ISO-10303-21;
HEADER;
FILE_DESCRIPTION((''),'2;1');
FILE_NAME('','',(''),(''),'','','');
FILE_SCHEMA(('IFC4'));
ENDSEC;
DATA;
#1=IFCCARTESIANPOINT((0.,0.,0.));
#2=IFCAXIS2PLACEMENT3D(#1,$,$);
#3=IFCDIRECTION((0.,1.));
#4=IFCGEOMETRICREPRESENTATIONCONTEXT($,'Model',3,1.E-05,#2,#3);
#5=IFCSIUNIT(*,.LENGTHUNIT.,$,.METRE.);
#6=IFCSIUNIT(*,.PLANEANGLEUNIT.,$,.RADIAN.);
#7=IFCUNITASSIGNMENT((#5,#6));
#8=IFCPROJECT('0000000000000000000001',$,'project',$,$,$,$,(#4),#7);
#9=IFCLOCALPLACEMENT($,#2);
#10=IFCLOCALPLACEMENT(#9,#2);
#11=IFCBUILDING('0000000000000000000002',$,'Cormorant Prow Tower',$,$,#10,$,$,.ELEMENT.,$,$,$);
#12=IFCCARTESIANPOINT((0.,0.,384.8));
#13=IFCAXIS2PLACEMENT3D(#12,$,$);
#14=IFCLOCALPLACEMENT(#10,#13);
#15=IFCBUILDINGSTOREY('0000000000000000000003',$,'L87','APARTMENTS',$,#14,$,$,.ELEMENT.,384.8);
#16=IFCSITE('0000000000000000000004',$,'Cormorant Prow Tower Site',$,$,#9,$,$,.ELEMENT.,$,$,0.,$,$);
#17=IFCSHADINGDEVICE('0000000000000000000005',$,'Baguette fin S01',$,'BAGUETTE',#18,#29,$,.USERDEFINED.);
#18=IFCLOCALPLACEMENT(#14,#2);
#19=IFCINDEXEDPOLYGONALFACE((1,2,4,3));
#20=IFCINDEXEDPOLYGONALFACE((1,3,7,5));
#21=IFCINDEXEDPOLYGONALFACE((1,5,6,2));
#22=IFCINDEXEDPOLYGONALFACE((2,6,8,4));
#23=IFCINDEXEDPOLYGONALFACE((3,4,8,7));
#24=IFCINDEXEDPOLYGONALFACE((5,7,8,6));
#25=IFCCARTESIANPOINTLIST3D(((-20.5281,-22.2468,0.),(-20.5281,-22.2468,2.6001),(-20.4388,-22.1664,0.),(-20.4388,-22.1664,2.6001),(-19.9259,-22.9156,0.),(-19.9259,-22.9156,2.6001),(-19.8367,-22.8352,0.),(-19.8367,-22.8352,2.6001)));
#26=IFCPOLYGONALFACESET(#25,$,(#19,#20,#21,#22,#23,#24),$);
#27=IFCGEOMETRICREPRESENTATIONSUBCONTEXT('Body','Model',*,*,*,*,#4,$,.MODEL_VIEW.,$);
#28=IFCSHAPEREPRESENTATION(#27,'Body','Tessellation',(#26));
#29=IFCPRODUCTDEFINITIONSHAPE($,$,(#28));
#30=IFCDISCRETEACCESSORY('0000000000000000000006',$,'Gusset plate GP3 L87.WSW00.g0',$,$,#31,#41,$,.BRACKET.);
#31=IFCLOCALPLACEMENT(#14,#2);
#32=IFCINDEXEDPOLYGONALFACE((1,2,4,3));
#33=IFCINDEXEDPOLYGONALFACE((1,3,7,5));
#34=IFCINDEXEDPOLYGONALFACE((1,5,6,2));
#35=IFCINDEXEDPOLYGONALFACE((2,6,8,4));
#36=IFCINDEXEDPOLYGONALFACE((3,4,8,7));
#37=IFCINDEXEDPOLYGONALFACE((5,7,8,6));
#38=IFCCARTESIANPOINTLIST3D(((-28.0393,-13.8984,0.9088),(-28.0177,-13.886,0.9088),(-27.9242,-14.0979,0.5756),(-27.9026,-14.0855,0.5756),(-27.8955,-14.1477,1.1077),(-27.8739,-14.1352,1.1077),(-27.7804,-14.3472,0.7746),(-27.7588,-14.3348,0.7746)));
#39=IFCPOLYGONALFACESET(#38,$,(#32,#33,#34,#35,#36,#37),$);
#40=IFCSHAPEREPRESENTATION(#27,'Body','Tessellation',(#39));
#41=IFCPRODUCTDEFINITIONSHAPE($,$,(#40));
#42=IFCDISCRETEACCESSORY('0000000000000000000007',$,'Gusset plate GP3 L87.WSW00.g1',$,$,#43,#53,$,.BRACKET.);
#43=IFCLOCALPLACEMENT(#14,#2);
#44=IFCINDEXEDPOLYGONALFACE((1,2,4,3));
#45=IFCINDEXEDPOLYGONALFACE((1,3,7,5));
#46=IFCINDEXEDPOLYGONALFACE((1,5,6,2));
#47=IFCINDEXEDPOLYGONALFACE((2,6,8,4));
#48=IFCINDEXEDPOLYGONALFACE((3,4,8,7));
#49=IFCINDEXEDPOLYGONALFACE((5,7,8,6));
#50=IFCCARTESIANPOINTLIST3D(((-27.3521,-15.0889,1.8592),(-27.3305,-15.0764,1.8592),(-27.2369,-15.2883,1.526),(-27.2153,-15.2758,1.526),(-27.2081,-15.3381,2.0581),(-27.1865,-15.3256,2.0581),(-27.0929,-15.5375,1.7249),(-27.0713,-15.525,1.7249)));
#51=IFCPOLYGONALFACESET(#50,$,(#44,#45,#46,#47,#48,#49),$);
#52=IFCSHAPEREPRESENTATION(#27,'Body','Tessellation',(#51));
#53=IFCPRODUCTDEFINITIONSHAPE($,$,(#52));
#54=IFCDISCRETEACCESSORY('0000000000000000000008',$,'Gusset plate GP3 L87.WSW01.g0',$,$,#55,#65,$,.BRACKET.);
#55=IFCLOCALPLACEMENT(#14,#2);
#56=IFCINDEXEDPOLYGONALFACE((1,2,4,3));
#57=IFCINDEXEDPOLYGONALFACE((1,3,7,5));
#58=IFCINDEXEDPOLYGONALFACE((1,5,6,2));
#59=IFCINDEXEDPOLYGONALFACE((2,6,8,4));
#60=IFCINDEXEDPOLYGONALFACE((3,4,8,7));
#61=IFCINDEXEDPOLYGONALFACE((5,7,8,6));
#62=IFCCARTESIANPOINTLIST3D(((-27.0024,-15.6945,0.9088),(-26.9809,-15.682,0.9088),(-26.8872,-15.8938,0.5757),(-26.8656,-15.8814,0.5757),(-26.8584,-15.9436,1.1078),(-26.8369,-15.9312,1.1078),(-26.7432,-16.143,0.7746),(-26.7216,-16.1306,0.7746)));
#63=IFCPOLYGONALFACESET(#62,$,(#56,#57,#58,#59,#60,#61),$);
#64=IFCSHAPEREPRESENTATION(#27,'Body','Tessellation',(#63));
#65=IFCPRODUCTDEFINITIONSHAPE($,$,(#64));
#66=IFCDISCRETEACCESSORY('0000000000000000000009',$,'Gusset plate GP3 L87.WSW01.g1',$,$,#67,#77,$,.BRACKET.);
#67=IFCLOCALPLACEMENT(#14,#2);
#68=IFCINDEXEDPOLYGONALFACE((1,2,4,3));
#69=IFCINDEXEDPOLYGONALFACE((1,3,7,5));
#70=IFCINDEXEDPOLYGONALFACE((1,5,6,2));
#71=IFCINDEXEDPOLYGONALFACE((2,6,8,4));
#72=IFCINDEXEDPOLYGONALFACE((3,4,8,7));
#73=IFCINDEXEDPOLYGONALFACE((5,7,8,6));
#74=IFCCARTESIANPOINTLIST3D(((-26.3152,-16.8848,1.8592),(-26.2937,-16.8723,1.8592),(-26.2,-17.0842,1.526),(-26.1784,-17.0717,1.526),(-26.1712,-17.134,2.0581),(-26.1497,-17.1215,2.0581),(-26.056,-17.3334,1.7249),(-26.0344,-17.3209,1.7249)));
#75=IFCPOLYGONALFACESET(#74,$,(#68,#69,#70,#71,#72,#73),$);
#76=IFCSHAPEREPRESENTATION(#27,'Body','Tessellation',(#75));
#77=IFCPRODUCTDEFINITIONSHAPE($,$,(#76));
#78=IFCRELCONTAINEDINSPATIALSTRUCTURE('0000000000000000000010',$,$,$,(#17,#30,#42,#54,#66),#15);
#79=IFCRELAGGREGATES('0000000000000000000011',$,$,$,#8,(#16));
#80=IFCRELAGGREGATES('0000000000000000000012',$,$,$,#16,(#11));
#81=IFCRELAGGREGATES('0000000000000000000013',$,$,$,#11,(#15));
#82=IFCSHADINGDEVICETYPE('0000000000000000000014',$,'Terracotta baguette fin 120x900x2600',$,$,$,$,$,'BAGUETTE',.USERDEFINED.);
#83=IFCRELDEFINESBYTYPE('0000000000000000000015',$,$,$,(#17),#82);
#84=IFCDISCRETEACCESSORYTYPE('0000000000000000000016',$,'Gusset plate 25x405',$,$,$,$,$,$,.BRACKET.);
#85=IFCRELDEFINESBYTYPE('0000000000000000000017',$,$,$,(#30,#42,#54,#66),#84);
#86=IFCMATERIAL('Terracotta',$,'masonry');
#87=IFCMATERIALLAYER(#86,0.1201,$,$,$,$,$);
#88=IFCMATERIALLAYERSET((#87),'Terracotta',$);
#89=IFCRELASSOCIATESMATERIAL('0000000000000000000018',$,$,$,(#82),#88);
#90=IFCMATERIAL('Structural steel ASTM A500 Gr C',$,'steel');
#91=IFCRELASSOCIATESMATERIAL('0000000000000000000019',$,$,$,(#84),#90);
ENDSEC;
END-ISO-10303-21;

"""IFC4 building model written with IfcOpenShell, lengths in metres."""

from ifc_helpers import new_model, si_unit, direction, frame, origin, origin_2d, place, context, subcontext, project, spatial, rectangle, extrude, material, layer, layer_set, material_profile, profile_set, type_object, element, save


model = new_model("IFC4")

# Units and contexts
model_context = context("Model", 3, precision=1e-05, world=origin(), true_north=direction((0.0, 1.0)))
body_context = subcontext(model_context, "Body", "Model", "MODEL_VIEW")
ifc_project = project(units=[si_unit("LENGTHUNIT", "METRE"), si_unit("PLANEANGLEUNIT", "RADIAN")], contexts=[model_context])

# Site, building, storey
site_placement = place(None, origin())
site = spatial("IfcSite", under=ifc_project, at=site_placement, Name="Cormorant Prow Tower Site", CompositionType="ELEMENT", RefElevation=0.0)
building_placement = place(site_placement, origin())
building = spatial("IfcBuilding", under=site, at=building_placement, Name="Cormorant Prow Tower", CompositionType="ELEMENT")
storey_placement = place(building_placement, frame((0.0, 0.0, 384.8)))
storey = spatial("IfcBuildingStorey", under=building, at=storey_placement, Name="L87", Description="APARTMENTS", CompositionType="ELEMENT", Elevation=384.8)

# Shading device
ifc_material_1 = material(Name="Terracotta", Category="masonry")
ifc_layer_1 = layer(ifc_material_1, 0.1201)
ifc_layer_set_1 = layer_set([ifc_layer_1], Name="Terracotta")
shading_device_type = type_object("IfcShadingDeviceType", Name="Terracotta baguette fin 120x900x2600", ElementType="BAGUETTE", PredefinedType="USERDEFINED", material=ifc_layer_set_1)
shading_device_placement = place(storey_placement, frame((-20.1824, -22.541, 0.0), z_axis=(0.0, 0.0, 1.0), x_axis=(0.743145, 0.669131, 0.0)))
element("IfcShadingDevice", 1, at=shading_device_placement, inside=storey, type_object=shading_device_type, Name="Baguette fin S01", ObjectType="BAGUETTE", PredefinedType="USERDEFINED", context=body_context, shape_type="SweptSolid", body=[
    extrude(rectangle(XDim=0.1201, YDim=0.8999, at=origin_2d()), origin(), (0.0, 0.0, 1.0), 2.6001),
])

# Discrete accessories
ifc_material_2 = material(Name="Structural steel ASTM A500 Gr C", Category="steel")
ifc_material_profile_1 = material_profile(ifc_material_2, rectangle(XDim=0.0249, YDim=0.405, at=origin_2d()), Name="Gusset plate 25x405")
ifc_profile_set_1 = profile_set([ifc_material_profile_1], Name="Structural steel ASTM A500 Gr C")
discrete_accessory_type = type_object("IfcDiscreteAccessoryType", Name="Gusset plate 25x405", PredefinedType="BRACKET", material=ifc_profile_set_1)
for number, where, z_axis, x_axis, name in (
    (2, (-27.8271, -14.2412, 0.9412), (-0.411016, 0.712474, -0.568723), (-0.8662, -0.499698, 0.0), "Gusset plate GP3 L87.WSW00.g0"),
    (3, (-27.2837, -15.1824, 1.6926), (0.411596, -0.71227, 0.56856), (0.865832, 0.500334, 0.0), "Gusset plate GP3 L87.WSW00.g1"),
    (4, (-26.79, -16.0371, 0.9412), (-0.411596, 0.71227, -0.56856), (-0.865832, -0.500334, 0.0), "Gusset plate GP3 L87.WSW01.g0"),
    (5, (-26.2468, -16.9783, 1.6926), (0.411596, -0.71227, 0.56856), (0.865832, 0.500334, 0.0), "Gusset plate GP3 L87.WSW01.g1"),
):
    element("IfcDiscreteAccessory", number, at=place(storey_placement, frame(where, z_axis=z_axis, x_axis=x_axis)), inside=storey, type_object=discrete_accessory_type, Name=name, PredefinedType="BRACKET", context=body_context, shape_type="SweptSolid", body=[
        extrude(rectangle(XDim=0.0249, YDim=0.405, at=origin_2d()), origin(), (0.0, 0.0, 1.0), 0.3499),
    ])

save(model, "model.ifc")
